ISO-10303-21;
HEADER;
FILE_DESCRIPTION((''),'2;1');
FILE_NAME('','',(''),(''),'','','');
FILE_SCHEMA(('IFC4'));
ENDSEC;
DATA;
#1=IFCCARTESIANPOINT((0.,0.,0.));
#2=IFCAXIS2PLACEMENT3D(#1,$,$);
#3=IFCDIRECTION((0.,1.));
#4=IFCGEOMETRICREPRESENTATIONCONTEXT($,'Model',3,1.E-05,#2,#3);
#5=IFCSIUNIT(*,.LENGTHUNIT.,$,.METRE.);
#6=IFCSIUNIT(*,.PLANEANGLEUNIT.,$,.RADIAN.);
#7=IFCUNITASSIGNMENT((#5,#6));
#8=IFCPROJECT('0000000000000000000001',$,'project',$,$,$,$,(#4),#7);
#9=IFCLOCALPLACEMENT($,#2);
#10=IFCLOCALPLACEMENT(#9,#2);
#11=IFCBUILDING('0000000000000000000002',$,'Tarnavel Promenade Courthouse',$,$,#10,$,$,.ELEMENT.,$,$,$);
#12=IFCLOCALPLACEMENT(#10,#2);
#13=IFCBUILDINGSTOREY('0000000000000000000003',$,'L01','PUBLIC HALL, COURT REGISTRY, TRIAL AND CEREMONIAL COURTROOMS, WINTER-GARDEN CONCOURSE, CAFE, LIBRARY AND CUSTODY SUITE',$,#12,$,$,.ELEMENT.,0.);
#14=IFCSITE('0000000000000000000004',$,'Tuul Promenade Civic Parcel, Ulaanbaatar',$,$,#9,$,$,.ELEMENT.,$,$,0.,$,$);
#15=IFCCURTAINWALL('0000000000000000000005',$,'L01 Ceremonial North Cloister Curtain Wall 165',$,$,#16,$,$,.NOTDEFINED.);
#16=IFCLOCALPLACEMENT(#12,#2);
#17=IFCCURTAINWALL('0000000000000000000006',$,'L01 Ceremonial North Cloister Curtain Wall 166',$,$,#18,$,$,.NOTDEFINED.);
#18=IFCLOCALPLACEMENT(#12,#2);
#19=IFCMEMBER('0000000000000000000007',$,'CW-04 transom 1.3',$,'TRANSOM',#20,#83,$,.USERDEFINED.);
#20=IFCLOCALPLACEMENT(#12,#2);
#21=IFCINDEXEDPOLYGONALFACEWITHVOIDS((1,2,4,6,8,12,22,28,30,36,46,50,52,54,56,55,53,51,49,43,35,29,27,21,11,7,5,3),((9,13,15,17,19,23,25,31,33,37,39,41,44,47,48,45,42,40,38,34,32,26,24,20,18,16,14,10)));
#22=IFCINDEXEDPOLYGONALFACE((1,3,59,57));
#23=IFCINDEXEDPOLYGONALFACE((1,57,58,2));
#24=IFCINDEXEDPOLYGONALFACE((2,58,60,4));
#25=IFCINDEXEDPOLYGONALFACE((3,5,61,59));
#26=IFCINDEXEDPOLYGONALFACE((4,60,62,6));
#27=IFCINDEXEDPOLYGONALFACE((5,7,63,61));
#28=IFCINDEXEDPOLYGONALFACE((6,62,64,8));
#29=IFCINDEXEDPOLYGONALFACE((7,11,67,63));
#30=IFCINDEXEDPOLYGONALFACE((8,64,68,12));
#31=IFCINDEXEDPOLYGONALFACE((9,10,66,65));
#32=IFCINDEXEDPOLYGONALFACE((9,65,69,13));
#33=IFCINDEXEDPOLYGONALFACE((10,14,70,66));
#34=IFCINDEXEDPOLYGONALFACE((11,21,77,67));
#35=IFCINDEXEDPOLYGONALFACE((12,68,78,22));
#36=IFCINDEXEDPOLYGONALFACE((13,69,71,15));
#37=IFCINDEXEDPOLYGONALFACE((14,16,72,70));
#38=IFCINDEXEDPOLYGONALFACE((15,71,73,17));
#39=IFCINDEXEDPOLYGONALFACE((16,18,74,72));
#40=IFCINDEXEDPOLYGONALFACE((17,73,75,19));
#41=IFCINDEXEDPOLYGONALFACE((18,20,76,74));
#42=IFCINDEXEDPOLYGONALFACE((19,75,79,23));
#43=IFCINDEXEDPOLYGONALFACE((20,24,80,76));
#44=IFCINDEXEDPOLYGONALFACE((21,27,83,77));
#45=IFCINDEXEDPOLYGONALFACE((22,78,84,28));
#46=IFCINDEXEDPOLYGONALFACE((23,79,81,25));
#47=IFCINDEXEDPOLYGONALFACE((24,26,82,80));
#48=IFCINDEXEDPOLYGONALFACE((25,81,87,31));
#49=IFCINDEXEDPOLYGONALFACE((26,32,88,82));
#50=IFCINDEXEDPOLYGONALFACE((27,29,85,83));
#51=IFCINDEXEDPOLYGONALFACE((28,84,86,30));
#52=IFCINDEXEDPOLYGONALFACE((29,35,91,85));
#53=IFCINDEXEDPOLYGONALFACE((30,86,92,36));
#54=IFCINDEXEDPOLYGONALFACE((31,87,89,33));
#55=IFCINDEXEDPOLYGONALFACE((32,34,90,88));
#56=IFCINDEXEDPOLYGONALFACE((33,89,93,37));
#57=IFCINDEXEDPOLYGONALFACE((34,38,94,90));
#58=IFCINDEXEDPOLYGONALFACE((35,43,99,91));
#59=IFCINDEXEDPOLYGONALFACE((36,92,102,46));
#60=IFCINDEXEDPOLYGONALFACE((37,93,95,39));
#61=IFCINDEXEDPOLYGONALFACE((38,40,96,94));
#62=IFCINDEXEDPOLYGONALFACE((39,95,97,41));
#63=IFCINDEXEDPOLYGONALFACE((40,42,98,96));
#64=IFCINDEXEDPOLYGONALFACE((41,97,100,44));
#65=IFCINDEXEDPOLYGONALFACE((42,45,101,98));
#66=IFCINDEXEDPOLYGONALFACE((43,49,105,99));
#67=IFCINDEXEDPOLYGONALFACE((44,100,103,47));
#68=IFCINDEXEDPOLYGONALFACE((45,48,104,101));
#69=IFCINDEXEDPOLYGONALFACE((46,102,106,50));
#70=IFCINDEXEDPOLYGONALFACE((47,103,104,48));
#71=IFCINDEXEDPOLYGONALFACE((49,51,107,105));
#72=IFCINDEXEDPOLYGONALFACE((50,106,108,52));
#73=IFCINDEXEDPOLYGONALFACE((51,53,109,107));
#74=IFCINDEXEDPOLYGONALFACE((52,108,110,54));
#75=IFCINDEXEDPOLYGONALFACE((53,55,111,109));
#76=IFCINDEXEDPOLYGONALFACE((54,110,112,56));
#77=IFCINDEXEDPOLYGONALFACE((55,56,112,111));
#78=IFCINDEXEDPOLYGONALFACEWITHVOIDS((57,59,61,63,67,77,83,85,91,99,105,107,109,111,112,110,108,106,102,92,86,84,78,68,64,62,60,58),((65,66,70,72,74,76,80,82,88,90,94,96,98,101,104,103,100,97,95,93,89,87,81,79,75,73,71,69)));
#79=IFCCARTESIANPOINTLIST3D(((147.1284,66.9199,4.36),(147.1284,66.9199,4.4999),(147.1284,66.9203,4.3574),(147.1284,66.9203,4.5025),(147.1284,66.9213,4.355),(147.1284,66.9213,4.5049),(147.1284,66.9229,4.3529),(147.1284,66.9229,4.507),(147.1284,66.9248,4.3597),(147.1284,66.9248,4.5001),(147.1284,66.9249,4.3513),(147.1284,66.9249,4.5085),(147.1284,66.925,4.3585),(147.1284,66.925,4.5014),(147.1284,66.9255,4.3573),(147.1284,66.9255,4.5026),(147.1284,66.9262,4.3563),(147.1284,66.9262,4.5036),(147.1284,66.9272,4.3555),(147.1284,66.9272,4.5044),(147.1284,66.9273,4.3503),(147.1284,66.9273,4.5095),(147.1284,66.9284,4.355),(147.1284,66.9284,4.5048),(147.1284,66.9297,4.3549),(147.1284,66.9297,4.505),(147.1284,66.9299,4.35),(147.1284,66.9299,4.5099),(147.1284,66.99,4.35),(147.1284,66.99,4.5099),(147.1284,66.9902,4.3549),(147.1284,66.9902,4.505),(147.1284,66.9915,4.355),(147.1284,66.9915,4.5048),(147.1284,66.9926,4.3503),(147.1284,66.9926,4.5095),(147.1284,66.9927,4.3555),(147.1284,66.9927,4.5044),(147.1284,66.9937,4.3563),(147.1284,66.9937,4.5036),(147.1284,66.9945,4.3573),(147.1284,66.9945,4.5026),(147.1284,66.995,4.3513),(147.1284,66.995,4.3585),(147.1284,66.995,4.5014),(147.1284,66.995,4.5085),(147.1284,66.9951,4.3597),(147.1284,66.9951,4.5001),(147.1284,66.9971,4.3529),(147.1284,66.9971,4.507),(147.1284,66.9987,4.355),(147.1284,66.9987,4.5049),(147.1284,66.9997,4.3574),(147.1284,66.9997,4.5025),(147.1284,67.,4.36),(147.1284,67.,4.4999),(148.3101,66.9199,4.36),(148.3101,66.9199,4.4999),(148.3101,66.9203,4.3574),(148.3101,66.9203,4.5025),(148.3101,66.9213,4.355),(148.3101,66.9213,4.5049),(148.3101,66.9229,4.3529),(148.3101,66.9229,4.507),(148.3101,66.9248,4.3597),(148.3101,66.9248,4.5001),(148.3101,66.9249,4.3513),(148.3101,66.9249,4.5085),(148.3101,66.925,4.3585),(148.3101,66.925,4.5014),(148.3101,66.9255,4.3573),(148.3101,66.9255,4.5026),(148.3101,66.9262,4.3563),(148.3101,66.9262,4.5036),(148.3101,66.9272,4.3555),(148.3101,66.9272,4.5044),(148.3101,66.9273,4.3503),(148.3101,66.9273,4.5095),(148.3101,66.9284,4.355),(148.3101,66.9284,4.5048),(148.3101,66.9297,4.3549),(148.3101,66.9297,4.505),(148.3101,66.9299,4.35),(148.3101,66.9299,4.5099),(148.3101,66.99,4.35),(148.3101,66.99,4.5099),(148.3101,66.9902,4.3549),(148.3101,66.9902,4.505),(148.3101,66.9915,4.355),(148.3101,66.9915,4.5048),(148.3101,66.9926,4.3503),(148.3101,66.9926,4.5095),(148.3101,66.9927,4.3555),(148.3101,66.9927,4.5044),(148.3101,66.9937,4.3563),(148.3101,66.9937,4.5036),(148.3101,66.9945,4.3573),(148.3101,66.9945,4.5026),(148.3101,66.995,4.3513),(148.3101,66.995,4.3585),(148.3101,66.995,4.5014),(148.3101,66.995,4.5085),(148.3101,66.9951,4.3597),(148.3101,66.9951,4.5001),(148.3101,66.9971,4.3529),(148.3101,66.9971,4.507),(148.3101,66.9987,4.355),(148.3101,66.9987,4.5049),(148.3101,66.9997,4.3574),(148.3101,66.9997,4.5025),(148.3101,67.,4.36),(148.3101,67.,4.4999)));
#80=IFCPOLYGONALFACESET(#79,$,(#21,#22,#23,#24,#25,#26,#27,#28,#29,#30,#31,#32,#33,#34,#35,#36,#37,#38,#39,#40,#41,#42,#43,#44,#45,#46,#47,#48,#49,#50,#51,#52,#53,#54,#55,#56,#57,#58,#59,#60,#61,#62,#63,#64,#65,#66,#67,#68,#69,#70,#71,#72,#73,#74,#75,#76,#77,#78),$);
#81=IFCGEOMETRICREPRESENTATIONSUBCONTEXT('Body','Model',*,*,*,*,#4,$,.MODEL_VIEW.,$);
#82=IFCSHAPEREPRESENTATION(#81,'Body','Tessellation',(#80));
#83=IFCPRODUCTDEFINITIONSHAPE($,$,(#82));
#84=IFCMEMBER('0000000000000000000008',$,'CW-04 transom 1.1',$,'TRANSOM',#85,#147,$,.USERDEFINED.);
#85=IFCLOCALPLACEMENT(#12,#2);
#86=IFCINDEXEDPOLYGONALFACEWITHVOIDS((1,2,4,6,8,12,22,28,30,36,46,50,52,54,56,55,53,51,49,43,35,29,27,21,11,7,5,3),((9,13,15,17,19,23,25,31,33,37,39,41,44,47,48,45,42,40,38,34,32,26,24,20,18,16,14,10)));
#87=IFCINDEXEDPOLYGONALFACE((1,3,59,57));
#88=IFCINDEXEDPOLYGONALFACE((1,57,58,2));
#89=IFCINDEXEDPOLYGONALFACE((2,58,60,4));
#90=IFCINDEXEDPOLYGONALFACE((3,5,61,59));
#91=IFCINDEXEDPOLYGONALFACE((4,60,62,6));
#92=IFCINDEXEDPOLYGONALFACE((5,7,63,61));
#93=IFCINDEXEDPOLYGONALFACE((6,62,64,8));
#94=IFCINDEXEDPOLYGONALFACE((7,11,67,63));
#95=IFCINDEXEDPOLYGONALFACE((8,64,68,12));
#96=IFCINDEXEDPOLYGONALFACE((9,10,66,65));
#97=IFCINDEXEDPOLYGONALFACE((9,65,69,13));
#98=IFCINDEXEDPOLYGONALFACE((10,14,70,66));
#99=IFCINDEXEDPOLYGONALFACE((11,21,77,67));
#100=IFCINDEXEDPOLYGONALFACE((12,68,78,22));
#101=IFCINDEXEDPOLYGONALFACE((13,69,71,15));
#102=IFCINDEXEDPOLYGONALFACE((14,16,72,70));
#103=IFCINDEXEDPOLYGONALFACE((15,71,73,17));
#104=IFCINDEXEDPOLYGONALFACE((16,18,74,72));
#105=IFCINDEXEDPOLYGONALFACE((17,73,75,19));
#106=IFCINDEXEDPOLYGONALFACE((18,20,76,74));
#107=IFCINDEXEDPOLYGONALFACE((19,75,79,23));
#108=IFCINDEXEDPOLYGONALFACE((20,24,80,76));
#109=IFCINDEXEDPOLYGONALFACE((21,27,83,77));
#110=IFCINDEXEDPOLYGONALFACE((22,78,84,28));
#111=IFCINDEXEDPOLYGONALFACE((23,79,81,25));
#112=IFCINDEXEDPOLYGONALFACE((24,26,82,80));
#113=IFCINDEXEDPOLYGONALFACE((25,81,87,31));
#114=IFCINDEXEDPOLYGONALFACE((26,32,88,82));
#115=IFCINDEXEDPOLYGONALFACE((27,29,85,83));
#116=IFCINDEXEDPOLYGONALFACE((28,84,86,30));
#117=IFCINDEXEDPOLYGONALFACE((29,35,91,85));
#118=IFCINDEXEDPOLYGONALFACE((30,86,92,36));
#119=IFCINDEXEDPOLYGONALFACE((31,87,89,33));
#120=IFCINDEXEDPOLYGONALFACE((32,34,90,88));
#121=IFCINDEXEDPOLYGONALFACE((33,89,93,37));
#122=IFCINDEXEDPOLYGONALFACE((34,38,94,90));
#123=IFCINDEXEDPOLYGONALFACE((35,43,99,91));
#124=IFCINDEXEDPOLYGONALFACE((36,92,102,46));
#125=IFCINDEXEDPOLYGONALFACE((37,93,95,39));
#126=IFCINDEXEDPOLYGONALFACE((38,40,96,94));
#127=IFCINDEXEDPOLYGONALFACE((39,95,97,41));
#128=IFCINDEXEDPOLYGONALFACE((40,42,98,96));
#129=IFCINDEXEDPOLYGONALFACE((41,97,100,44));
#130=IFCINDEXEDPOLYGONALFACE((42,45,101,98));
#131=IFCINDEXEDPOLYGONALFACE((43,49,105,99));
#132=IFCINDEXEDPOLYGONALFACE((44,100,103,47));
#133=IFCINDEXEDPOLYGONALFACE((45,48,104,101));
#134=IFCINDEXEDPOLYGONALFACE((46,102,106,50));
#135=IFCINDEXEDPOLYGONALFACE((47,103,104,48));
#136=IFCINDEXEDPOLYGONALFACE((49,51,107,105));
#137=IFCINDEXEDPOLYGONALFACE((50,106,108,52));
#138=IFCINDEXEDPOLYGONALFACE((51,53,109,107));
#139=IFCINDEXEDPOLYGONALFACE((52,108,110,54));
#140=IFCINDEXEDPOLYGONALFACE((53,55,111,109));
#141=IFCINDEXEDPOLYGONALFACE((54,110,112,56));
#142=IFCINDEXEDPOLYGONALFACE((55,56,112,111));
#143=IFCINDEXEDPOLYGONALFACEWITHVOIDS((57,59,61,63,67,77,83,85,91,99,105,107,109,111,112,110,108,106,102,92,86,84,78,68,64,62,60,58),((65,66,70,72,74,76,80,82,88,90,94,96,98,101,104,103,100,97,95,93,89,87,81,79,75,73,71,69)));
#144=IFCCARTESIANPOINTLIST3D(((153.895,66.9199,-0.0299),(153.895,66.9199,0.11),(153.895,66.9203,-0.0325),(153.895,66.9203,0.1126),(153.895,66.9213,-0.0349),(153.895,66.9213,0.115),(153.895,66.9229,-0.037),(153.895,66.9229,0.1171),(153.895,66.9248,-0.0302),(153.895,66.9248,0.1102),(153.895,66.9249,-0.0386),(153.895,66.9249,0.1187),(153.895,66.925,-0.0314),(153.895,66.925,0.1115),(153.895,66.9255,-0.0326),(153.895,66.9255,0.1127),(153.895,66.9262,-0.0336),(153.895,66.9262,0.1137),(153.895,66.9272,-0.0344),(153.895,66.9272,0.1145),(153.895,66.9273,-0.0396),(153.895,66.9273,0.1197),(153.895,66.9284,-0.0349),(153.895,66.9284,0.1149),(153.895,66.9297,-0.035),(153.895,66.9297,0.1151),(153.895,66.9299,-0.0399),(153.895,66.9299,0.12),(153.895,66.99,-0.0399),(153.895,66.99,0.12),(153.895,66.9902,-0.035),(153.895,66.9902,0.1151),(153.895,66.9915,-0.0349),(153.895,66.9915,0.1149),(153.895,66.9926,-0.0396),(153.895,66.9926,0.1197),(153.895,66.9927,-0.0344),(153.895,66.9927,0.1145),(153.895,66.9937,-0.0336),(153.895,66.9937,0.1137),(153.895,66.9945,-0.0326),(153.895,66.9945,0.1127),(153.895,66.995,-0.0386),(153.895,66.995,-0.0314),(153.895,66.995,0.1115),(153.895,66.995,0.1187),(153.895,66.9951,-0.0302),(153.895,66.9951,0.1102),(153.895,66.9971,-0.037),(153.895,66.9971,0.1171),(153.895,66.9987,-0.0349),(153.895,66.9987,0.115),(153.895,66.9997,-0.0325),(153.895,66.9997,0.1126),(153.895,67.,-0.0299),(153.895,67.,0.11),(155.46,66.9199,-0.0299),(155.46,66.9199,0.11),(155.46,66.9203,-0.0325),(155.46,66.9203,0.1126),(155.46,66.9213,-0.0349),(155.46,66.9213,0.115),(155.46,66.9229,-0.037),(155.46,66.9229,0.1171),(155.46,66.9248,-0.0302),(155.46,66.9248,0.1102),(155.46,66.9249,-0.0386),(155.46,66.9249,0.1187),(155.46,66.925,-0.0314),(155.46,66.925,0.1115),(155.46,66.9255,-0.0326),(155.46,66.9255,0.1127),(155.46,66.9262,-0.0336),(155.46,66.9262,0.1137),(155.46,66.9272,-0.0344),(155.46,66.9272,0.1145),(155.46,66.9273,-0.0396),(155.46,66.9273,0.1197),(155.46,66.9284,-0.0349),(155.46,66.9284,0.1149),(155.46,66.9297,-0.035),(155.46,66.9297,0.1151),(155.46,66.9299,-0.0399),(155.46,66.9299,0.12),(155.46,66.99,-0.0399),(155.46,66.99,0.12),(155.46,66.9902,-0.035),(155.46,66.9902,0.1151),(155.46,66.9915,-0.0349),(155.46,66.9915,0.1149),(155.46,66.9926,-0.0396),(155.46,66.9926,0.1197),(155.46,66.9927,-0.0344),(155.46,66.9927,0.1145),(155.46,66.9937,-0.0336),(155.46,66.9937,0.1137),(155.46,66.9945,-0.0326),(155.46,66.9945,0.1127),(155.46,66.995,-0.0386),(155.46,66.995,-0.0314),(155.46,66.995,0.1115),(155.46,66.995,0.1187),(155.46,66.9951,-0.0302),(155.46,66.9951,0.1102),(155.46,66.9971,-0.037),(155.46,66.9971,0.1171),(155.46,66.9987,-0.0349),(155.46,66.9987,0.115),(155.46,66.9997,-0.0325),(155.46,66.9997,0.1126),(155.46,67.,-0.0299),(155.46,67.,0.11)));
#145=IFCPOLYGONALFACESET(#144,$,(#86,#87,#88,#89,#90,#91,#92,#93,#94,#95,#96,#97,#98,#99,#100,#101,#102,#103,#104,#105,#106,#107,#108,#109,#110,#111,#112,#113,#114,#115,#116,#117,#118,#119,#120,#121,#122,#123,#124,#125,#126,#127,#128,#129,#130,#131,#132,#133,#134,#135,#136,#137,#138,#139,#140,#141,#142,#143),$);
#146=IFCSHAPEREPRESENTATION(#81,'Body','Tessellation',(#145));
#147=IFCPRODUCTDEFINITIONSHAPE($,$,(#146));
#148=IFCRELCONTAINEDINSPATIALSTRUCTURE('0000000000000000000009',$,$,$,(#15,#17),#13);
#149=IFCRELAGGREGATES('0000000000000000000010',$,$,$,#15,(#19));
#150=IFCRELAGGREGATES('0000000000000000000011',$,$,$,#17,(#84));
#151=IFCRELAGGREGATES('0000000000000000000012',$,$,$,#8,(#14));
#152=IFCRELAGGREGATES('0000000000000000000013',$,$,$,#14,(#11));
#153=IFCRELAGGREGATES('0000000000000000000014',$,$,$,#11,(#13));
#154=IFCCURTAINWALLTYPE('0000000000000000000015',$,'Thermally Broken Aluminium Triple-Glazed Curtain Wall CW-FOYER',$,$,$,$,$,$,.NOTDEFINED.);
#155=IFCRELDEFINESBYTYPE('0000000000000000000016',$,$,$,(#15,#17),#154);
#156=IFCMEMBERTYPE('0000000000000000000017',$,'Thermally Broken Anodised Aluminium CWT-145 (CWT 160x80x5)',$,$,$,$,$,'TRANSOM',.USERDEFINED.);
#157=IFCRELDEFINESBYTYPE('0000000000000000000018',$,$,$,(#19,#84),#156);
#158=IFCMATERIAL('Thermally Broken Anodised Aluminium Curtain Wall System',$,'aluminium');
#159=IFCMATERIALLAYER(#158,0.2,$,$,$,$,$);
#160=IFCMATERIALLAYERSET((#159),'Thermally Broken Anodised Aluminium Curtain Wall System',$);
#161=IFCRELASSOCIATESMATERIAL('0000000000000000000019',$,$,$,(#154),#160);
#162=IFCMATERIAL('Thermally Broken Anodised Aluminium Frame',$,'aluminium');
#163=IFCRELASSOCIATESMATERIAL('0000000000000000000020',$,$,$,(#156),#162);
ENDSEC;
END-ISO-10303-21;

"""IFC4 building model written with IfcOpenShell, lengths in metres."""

from ifc_helpers import new_model, si_unit, direction, frame, origin, origin_2d, place, context, subcontext, project, spatial, hollow_rectangle, extrude, material, layer, layer_set, material_profile, profile_set, type_object, element, aggregate, save


model = new_model("IFC4")

# Units and contexts
model_context = context("Model", 3, precision=1e-05, world=origin(), true_north=direction((0.0, 1.0)))
body_context = subcontext(model_context, "Body", "Model", "MODEL_VIEW")
ifc_project = project(units=[si_unit("LENGTHUNIT", "METRE"), si_unit("PLANEANGLEUNIT", "RADIAN")], contexts=[model_context])

# Site, building, storey
site_placement = place(None, origin())
site = spatial("IfcSite", under=ifc_project, at=site_placement, Name="Tuul Promenade Civic Parcel, Ulaanbaatar", CompositionType="ELEMENT", RefElevation=0.0)
building_placement = place(site_placement, origin())
building = spatial("IfcBuilding", under=site, at=building_placement, Name="Tarnavel Promenade Courthouse", CompositionType="ELEMENT")
storey_placement = place(building_placement, origin())
storey = spatial("IfcBuildingStorey", under=building, at=storey_placement, Name="L01", Description="PUBLIC HALL, COURT REGISTRY, TRIAL AND CEREMONIAL COURTROOMS, WINTER-GARDEN CONCOURSE, CAFE, LIBRARY AND CUSTODY SUITE", CompositionType="ELEMENT", Elevation=0.0)

# Curtain wall
ifc_material_1 = material(Name="Thermally Broken Anodised Aluminium Curtain Wall System", Category="aluminium")
ifc_layer_1 = layer(ifc_material_1, 0.2)
ifc_layer_set_1 = layer_set([ifc_layer_1], Name="Thermally Broken Anodised Aluminium Curtain Wall System")
curtain_wall_type = type_object("IfcCurtainWallType", Name="Thermally Broken Aluminium Triple-Glazed Curtain Wall CW-FOYER", PredefinedType="NOTDEFINED", material=ifc_layer_set_1)
curtain_wall_1_placement = place(storey_placement, origin())
curtain_wall_1 = element("IfcCurtainWall", 1, at=curtain_wall_1_placement, inside=storey, type_object=curtain_wall_type, Name="L01 Ceremonial North Cloister Curtain Wall 165", PredefinedType="NOTDEFINED")
ifc_material_2 = material(Name="Thermally Broken Anodised Aluminium Frame", Category="aluminium")

# Curtain wall
curtain_wall_2_placement = place(storey_placement, origin())
curtain_wall_2 = element("IfcCurtainWall", 2, at=curtain_wall_2_placement, inside=storey, type_object=curtain_wall_type, Name="L01 Ceremonial North Cloister Curtain Wall 166", PredefinedType="NOTDEFINED")

# Members
ifc_material_profile_1 = material_profile(ifc_material_2, hollow_rectangle(XDim=0.0801, YDim=0.1599, WallThickness=0.0049, InnerFilletRadius=0.0049, OuterFilletRadius=0.01, at=origin_2d()), Name="CWT 160x80x5")
ifc_profile_set_1 = profile_set([ifc_material_profile_1], Name="Thermally Broken Anodised Aluminium Frame")
member_type_1 = type_object("IfcMemberType", Name="Thermally Broken Anodised Aluminium CWT-145 (CWT 160x80x5)", ElementType="TRANSOM", PredefinedType="USERDEFINED", material=ifc_profile_set_1)
member_1_placement = place(storey_placement, frame((148.3101, 66.96, 4.4299), z_axis=(-1.0, 0.0, 0.0), x_axis=(0.0, -1.0, 0.0)))
member_1 = element("IfcMember", 3, at=member_1_placement, type_object=member_type_1, Name="CW-04 transom 1.3", ObjectType="TRANSOM", PredefinedType="USERDEFINED", context=body_context, shape_type="SweptSolid", body=[
    extrude(hollow_rectangle(XDim=0.0801, YDim=0.1599, WallThickness=0.0049, InnerFilletRadius=0.0049, OuterFilletRadius=0.01, at=origin_2d()), origin(), (0.0, 0.0, 1.0), 1.1816),
])
aggregate(curtain_wall_1, [member_1])
member_2_placement = place(storey_placement, frame((155.46, 66.96, 0.04), z_axis=(-1.0, 0.0, 0.0), x_axis=(0.0, -1.0, 0.0)))
member_2 = element("IfcMember", 4, at=member_2_placement, type_object=member_type_1, Name="CW-04 transom 1.1", ObjectType="TRANSOM", PredefinedType="USERDEFINED", context=body_context, shape_type="SweptSolid", body=[
    extrude(hollow_rectangle(XDim=0.0801, YDim=0.1599, WallThickness=0.0049, InnerFilletRadius=0.0049, OuterFilletRadius=0.01, at=origin_2d()), origin(), (0.0, 0.0, 1.0), 1.5649),
])

aggregate(curtain_wall_2, [member_2])

save(model, "model.ifc")
